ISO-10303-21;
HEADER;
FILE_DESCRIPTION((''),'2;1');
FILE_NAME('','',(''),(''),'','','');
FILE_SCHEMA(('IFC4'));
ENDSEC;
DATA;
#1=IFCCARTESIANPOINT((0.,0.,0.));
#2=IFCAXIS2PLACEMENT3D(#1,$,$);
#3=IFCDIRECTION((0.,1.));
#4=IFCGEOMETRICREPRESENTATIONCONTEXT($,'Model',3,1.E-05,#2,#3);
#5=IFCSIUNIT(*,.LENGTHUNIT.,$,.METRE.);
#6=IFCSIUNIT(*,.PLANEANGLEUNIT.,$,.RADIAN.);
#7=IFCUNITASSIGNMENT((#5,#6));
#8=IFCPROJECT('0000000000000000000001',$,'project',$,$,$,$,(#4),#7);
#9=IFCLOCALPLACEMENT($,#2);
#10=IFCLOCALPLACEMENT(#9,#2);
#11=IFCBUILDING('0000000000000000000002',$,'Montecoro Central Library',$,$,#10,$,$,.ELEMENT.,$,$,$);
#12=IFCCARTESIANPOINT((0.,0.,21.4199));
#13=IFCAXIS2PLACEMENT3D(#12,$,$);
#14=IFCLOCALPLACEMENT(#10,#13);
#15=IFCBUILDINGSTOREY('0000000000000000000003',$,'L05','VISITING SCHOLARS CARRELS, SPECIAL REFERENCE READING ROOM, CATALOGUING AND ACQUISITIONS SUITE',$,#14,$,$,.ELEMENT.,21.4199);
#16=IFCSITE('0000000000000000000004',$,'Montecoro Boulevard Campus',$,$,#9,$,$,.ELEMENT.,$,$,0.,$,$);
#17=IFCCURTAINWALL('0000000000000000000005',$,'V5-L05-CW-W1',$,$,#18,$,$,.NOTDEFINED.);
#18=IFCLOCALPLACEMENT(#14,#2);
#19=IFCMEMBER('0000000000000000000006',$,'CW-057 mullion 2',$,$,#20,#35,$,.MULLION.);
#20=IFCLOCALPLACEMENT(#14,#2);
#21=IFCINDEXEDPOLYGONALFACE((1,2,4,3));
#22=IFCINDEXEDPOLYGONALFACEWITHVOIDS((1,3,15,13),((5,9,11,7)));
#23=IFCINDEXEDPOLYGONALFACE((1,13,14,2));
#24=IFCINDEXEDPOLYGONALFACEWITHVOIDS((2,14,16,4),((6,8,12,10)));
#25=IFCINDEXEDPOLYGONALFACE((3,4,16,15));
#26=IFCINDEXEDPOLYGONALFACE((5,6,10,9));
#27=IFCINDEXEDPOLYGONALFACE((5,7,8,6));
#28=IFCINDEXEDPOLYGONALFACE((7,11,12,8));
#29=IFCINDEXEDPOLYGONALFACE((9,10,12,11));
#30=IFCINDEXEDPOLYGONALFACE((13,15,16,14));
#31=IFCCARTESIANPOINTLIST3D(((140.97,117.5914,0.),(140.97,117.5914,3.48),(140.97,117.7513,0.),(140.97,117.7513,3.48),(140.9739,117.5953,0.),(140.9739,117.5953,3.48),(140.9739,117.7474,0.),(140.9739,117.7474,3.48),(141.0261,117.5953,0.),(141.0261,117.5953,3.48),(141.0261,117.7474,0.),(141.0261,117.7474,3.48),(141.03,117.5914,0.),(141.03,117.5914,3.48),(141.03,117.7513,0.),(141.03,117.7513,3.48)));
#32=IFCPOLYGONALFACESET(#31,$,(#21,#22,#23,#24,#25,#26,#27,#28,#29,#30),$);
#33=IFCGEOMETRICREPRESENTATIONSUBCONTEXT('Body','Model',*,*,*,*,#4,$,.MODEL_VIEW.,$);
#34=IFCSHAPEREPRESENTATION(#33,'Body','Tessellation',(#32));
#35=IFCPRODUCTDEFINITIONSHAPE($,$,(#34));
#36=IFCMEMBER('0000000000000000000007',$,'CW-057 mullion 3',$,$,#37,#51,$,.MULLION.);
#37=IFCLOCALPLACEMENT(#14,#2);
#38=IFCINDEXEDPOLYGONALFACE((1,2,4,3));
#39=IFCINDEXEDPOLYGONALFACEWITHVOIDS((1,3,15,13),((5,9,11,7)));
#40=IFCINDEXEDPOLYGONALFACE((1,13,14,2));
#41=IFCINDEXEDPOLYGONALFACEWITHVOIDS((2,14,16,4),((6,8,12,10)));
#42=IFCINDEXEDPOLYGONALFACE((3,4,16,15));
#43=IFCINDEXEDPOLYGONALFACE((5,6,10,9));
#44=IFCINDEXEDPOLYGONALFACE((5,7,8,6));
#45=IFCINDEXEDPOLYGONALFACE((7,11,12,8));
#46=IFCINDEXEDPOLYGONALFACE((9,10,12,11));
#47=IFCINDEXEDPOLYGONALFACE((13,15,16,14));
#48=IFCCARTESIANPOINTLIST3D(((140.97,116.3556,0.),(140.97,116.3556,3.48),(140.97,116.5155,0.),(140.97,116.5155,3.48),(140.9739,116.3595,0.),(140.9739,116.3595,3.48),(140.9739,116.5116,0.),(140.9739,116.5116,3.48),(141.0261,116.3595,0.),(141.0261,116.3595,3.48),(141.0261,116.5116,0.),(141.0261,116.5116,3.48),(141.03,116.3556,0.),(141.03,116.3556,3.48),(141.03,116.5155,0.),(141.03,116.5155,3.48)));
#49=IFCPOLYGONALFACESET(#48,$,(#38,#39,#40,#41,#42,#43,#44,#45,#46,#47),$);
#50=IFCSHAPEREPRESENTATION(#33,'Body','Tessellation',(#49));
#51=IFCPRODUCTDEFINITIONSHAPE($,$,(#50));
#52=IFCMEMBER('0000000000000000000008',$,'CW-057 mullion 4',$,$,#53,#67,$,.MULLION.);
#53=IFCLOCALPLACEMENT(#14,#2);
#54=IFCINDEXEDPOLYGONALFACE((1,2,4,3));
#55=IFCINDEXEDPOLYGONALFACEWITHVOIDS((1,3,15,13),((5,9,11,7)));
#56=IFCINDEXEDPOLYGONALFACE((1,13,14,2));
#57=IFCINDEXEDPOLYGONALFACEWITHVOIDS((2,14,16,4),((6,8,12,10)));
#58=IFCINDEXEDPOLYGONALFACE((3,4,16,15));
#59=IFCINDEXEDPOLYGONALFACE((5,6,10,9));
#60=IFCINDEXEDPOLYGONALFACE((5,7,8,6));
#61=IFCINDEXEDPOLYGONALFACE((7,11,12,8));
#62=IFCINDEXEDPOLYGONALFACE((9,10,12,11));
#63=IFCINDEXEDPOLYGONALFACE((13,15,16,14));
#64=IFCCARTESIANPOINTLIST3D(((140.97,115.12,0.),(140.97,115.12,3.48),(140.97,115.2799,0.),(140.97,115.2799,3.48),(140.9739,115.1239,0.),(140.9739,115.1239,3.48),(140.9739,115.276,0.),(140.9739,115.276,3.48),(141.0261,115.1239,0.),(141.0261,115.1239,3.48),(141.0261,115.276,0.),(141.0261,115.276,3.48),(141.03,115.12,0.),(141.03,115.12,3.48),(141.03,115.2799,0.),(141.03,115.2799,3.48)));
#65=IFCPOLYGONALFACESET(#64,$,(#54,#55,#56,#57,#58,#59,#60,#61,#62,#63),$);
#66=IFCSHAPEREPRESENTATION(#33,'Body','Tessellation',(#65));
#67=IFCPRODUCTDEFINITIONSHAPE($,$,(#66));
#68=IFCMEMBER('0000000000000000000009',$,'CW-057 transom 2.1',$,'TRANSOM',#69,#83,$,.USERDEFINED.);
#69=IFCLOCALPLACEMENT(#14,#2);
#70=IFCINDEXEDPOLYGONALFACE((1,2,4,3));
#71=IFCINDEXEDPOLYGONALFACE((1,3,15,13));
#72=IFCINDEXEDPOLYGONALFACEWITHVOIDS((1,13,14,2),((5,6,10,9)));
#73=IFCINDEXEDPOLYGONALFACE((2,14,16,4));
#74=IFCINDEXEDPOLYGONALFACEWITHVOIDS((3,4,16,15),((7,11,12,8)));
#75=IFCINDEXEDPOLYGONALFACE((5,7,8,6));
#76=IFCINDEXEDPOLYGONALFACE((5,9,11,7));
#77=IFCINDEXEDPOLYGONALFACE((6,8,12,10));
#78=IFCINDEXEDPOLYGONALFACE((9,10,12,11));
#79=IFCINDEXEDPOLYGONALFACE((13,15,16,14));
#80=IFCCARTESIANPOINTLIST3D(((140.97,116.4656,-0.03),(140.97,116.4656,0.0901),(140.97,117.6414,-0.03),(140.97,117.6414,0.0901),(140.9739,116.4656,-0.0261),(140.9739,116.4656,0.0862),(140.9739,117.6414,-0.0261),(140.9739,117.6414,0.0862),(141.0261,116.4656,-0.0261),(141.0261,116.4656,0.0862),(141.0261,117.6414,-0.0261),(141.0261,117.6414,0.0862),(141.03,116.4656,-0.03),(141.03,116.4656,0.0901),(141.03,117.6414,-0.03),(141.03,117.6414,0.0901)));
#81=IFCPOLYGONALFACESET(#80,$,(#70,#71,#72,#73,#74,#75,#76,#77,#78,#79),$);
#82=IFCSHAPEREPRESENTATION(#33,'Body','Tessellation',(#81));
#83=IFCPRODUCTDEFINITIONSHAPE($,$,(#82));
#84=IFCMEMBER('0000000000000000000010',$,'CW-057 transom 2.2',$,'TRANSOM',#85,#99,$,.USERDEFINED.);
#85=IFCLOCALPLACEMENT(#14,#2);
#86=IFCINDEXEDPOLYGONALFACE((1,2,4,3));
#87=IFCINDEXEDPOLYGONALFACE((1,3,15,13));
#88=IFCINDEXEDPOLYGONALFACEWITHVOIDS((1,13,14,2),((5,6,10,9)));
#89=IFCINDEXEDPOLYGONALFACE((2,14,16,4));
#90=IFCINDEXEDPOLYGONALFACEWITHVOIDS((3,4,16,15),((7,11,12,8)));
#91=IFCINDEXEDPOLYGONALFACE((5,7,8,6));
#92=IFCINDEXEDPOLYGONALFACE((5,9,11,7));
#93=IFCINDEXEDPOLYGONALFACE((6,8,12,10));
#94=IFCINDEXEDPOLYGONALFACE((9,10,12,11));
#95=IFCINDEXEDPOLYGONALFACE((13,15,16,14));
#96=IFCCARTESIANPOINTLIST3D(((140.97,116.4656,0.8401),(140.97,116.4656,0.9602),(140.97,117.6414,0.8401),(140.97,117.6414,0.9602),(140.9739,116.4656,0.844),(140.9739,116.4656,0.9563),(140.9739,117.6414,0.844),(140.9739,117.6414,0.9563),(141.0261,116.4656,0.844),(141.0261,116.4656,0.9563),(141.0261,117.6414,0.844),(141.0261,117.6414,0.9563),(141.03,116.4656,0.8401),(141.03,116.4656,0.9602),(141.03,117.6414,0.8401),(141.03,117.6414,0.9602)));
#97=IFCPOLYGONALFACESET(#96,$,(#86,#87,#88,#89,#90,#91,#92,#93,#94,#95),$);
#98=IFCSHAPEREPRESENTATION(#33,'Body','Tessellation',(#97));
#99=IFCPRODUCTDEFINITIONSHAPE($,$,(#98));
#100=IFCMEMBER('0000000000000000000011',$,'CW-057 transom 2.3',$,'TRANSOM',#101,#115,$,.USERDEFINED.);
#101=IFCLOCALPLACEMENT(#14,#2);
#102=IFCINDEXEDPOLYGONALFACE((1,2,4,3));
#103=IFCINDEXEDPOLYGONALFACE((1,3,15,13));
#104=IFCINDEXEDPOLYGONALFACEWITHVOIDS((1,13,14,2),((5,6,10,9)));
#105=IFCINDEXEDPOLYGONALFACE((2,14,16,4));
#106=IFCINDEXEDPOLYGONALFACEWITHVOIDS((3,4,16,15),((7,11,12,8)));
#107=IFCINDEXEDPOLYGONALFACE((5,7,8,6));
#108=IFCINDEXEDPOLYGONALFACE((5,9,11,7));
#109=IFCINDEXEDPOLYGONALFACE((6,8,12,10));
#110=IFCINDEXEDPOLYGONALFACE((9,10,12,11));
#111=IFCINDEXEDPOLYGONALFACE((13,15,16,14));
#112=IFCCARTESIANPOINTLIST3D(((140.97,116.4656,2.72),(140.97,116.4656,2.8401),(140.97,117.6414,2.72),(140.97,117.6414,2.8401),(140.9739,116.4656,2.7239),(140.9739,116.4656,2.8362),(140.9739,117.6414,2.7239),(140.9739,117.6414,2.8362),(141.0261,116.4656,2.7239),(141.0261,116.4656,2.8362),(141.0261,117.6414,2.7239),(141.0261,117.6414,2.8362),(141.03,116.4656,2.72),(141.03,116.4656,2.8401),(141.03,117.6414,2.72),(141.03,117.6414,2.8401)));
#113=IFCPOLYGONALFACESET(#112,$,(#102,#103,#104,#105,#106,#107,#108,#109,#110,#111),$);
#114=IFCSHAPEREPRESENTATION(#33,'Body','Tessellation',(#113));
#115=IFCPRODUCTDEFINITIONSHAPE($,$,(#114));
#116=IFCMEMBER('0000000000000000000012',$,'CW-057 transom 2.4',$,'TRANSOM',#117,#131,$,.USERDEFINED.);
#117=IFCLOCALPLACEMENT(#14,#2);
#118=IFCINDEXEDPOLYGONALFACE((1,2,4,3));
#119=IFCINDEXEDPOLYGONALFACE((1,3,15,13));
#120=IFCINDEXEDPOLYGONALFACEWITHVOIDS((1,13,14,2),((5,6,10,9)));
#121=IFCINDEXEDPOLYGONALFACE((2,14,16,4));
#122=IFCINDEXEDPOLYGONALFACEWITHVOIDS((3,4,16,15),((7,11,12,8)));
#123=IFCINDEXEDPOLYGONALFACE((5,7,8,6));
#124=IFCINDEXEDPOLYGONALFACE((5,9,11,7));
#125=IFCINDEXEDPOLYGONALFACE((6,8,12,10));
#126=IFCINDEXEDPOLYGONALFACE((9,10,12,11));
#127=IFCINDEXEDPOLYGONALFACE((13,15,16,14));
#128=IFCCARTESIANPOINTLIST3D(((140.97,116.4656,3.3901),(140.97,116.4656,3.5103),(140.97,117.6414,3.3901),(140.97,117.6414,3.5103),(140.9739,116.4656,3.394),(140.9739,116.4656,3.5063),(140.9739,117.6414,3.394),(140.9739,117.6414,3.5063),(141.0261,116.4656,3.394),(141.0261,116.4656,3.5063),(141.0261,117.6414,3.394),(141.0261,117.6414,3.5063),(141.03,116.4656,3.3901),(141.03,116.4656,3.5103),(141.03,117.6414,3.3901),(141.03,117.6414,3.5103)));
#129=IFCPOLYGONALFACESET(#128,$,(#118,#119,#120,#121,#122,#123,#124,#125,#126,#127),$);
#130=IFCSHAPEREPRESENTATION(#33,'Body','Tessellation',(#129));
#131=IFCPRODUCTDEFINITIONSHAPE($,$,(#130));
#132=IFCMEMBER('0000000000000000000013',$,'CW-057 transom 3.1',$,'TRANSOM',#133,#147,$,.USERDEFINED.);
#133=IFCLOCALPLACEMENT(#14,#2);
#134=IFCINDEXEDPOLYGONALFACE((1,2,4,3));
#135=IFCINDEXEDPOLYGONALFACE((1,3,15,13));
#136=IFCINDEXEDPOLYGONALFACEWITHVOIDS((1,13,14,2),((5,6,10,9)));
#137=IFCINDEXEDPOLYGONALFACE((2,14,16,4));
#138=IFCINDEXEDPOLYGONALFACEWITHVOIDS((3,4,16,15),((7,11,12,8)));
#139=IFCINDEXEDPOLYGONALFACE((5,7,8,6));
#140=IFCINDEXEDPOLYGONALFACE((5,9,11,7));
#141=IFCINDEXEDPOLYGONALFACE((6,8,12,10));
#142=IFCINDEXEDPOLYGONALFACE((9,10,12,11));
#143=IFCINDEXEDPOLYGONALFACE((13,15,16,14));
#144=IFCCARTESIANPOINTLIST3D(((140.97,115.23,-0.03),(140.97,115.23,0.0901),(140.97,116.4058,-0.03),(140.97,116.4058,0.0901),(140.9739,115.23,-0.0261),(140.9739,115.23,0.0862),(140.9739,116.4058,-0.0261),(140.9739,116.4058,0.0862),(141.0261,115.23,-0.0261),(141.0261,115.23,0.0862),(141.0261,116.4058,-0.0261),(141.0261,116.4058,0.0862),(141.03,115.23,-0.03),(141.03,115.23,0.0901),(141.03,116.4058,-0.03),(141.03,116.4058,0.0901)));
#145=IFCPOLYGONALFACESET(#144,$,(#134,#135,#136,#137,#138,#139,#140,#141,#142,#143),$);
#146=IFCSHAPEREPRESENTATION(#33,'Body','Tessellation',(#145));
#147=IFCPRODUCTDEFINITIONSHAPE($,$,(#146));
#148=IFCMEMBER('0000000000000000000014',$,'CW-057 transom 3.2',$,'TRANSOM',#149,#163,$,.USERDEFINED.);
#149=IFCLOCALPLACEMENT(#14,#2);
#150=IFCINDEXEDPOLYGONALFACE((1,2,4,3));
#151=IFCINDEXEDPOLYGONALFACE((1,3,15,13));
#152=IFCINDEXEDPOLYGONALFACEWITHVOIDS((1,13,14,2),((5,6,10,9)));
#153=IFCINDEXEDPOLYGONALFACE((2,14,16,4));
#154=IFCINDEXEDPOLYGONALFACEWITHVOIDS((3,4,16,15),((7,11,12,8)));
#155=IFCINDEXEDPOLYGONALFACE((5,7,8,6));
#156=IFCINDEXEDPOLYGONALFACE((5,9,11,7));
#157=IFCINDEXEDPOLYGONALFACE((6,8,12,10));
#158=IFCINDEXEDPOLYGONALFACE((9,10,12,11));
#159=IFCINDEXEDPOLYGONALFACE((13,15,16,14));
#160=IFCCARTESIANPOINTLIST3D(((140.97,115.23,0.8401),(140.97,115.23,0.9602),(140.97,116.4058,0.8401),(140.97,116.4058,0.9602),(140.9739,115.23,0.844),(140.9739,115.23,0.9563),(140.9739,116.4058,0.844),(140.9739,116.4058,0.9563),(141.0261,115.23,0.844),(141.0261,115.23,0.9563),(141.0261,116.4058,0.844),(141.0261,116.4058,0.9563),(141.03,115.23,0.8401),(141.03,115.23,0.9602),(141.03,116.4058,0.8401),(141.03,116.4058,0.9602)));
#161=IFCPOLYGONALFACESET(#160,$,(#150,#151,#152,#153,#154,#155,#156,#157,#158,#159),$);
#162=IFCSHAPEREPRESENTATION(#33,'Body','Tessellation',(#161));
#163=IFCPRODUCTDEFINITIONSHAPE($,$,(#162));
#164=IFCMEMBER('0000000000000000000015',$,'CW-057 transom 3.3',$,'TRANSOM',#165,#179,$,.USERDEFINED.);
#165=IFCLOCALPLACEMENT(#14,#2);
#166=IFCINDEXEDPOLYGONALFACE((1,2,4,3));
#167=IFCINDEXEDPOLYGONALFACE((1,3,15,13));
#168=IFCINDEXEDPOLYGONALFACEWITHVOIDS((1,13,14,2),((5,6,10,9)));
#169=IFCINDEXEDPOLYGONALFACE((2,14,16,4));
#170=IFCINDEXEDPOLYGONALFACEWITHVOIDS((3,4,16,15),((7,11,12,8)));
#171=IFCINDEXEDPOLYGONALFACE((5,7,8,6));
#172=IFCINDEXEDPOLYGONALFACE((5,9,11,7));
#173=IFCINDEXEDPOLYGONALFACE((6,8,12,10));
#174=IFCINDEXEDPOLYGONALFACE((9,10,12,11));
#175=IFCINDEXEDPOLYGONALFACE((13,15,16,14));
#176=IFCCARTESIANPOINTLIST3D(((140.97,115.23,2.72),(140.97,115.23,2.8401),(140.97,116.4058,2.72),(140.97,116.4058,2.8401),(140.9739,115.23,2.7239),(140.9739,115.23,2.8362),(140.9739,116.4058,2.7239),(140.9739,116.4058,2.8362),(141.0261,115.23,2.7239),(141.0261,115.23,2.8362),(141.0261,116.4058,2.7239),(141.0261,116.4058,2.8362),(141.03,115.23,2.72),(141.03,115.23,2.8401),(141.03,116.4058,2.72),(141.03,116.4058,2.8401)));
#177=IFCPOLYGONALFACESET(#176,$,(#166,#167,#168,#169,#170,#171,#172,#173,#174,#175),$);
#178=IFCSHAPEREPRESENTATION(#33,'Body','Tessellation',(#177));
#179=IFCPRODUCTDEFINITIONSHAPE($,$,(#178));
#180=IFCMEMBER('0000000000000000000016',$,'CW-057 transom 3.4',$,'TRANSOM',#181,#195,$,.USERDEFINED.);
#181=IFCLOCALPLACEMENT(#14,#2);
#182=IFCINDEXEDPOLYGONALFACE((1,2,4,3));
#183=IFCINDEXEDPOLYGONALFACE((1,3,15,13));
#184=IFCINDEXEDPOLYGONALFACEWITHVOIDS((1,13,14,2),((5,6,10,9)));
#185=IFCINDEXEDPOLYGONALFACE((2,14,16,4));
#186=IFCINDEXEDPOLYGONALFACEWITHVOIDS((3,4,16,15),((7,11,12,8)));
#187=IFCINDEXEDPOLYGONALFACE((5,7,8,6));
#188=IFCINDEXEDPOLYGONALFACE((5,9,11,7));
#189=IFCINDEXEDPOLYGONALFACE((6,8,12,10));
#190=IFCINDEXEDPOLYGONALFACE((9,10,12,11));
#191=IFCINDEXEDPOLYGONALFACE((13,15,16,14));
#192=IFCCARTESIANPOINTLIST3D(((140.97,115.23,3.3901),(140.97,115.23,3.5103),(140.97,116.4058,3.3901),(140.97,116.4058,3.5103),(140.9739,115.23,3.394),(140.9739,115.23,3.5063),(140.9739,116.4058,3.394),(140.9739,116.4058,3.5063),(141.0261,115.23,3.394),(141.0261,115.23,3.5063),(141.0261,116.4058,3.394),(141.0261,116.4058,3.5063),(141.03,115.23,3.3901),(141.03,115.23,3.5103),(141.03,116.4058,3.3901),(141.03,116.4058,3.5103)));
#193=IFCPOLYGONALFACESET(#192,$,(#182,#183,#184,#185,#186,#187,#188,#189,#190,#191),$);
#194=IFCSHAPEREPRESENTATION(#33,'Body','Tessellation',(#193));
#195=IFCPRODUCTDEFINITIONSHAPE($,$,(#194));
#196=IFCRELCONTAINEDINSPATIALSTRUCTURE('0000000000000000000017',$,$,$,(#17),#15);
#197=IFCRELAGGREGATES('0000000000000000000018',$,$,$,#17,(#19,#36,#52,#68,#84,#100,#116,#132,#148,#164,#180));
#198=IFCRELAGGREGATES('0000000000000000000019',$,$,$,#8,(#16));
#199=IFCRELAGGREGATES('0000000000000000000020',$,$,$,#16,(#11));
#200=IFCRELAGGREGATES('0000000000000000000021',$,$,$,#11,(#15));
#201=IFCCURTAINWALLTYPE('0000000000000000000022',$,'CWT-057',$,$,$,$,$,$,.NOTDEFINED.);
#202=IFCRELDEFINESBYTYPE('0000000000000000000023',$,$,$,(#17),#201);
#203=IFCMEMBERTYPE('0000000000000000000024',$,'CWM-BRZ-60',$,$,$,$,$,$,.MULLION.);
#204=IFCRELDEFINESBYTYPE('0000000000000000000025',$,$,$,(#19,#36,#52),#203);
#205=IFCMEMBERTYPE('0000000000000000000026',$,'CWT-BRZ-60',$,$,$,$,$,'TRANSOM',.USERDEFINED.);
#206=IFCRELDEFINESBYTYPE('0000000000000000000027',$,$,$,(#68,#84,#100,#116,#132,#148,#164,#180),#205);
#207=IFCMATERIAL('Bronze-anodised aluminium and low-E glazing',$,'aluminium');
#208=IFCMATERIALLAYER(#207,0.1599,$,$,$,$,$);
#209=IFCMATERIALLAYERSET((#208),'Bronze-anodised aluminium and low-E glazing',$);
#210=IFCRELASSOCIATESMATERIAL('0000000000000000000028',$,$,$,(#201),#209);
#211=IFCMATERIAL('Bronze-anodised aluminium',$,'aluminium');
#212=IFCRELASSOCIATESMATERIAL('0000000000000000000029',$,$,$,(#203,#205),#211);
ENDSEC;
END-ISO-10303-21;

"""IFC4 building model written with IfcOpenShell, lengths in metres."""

from ifc_helpers import new_model, si_unit, direction, frame, origin, origin_2d, place, context, subcontext, project, spatial, hollow_rectangle, extrude, material, layer, layer_set, material_profile, profile_set, type_object, element, aggregate, save


model = new_model("IFC4")

# Units and contexts
model_context = context("Model", 3, precision=1e-05, world=origin(), true_north=direction((0.0, 1.0)))
body_context = subcontext(model_context, "Body", "Model", "MODEL_VIEW")
ifc_project = project(units=[si_unit("LENGTHUNIT", "METRE"), si_unit("PLANEANGLEUNIT", "RADIAN")], contexts=[model_context])

# Site, building, storey
site_placement = place(None, origin())
site = spatial("IfcSite", under=ifc_project, at=site_placement, Name="Montecoro Boulevard Campus", CompositionType="ELEMENT", RefElevation=0.0)
building_placement = place(site_placement, origin())
building = spatial("IfcBuilding", under=site, at=building_placement, Name="Montecoro Central Library", CompositionType="ELEMENT")
storey_placement = place(building_placement, frame((0.0, 0.0, 21.4199)))
storey = spatial("IfcBuildingStorey", under=building, at=storey_placement, Name="L05", Description="VISITING SCHOLARS CARRELS, SPECIAL REFERENCE READING ROOM, CATALOGUING AND ACQUISITIONS SUITE", CompositionType="ELEMENT", Elevation=21.4199)

# Curtain wall, members
ifc_material_1 = material(Name="Bronze-anodised aluminium and low-E glazing", Category="aluminium")
ifc_layer_1 = layer(ifc_material_1, 0.1599)
ifc_layer_set_1 = layer_set([ifc_layer_1], Name="Bronze-anodised aluminium and low-E glazing")
curtain_wall_type = type_object("IfcCurtainWallType", Name="CWT-057", PredefinedType="NOTDEFINED", material=ifc_layer_set_1)
curtain_wall_placement = place(storey_placement, origin())
curtain_wall = element("IfcCurtainWall", 1, at=curtain_wall_placement, inside=storey, type_object=curtain_wall_type, Name="V5-L05-CW-W1", PredefinedType="NOTDEFINED")
ifc_material_2 = material(Name="Bronze-anodised aluminium", Category="aluminium")
ifc_material_profile_1 = material_profile(ifc_material_2, hollow_rectangle(XDim=0.0601, YDim=0.1599, WallThickness=0.0039, at=origin_2d()), Name="CWM 160x60x4.0")
ifc_profile_set_1 = profile_set([ifc_material_profile_1], Name="Bronze-anodised aluminium")
member_type_1 = type_object("IfcMemberType", Name="CWM-BRZ-60", PredefinedType="MULLION", material=ifc_profile_set_1)
member_1_placement = place(storey_placement, frame((141.0, 117.6714, 0.0), z_axis=(0.0, 0.0, 1.0), x_axis=(1.0, 0.0, 0.0)))
member_1 = element("IfcMember", 2, at=member_1_placement, type_object=member_type_1, Name="CW-057 mullion 2", PredefinedType="MULLION", context=body_context, shape_type="SweptSolid", body=[
    extrude(hollow_rectangle(XDim=0.0601, YDim=0.1599, WallThickness=0.0039, at=origin_2d()), origin(), (0.0, 0.0, 1.0), 3.48),
])
member_2_placement = place(storey_placement, frame((141.0, 116.4355, 0.0), z_axis=(0.0, 0.0, 1.0), x_axis=(1.0, 0.0, 0.0)))
member_2 = element("IfcMember", 3, at=member_2_placement, type_object=member_type_1, Name="CW-057 mullion 3", PredefinedType="MULLION", context=body_context, shape_type="SweptSolid", body=[
    extrude(hollow_rectangle(XDim=0.0601, YDim=0.1599, WallThickness=0.0039, at=origin_2d()), origin(), (0.0, 0.0, 1.0), 3.48),
])
member_3_placement = place(storey_placement, frame((141.0, 115.2, 0.0), z_axis=(0.0, 0.0, 1.0), x_axis=(1.0, 0.0, 0.0)))
member_3 = element("IfcMember", 4, at=member_3_placement, type_object=member_type_1, Name="CW-057 mullion 4", PredefinedType="MULLION", context=body_context, shape_type="SweptSolid", body=[
    extrude(hollow_rectangle(XDim=0.0601, YDim=0.1599, WallThickness=0.0039, at=origin_2d()), origin(), (0.0, 0.0, 1.0), 3.48),
])
ifc_material_profile_2 = material_profile(ifc_material_2, hollow_rectangle(XDim=0.0601, YDim=0.1201, WallThickness=0.0039, at=origin_2d()), Name="CWT 120x60x4.0")
ifc_profile_set_2 = profile_set([ifc_material_profile_2], Name="Bronze-anodised aluminium")
member_type_2 = type_object("IfcMemberType", Name="CWT-BRZ-60", ElementType="TRANSOM", PredefinedType="USERDEFINED", material=ifc_profile_set_2)
member_4_placement = place(storey_placement, frame((141.0, 117.6414, 0.03), z_axis=(0.0, -1.0, 0.0), x_axis=(1.0, 0.0, 0.0)))
member_4 = element("IfcMember", 5, at=member_4_placement, type_object=member_type_2, Name="CW-057 transom 2.1", ObjectType="TRANSOM", PredefinedType="USERDEFINED", context=body_context, shape_type="SweptSolid", body=[
    extrude(hollow_rectangle(XDim=0.0601, YDim=0.1201, WallThickness=0.0039, at=origin_2d()), origin(), (0.0, 0.0, 1.0), 1.1758),
])
member_5_placement = place(storey_placement, frame((141.0, 117.6414, 0.9001), z_axis=(0.0, -1.0, 0.0), x_axis=(1.0, 0.0, 0.0)))
member_5 = element("IfcMember", 6, at=member_5_placement, type_object=member_type_2, Name="CW-057 transom 2.2", ObjectType="TRANSOM", PredefinedType="USERDEFINED", context=body_context, shape_type="SweptSolid", body=[
    extrude(hollow_rectangle(XDim=0.0601, YDim=0.1201, WallThickness=0.0039, at=origin_2d()), origin(), (0.0, 0.0, 1.0), 1.1758),
])
member_6_placement = place(storey_placement, frame((141.0, 117.6414, 2.78), z_axis=(0.0, -1.0, 0.0), x_axis=(1.0, 0.0, 0.0)))
member_6 = element("IfcMember", 7, at=member_6_placement, type_object=member_type_2, Name="CW-057 transom 2.3", ObjectType="TRANSOM", PredefinedType="USERDEFINED", context=body_context, shape_type="SweptSolid", body=[
    extrude(hollow_rectangle(XDim=0.0601, YDim=0.1201, WallThickness=0.0039, at=origin_2d()), origin(), (0.0, 0.0, 1.0), 1.1758),
])
member_7_placement = place(storey_placement, frame((141.0, 117.6414, 3.4502), z_axis=(0.0, -1.0, 0.0), x_axis=(1.0, 0.0, 0.0)))
member_7 = element("IfcMember", 8, at=member_7_placement, type_object=member_type_2, Name="CW-057 transom 2.4", ObjectType="TRANSOM", PredefinedType="USERDEFINED", context=body_context, shape_type="SweptSolid", body=[
    extrude(hollow_rectangle(XDim=0.0601, YDim=0.1201, WallThickness=0.0039, at=origin_2d()), origin(), (0.0, 0.0, 1.0), 1.1758),
])
member_8_placement = place(storey_placement, frame((141.0, 116.4058, 0.03), z_axis=(0.0, -1.0, 0.0), x_axis=(1.0, 0.0, 0.0)))
member_8 = element("IfcMember", 9, at=member_8_placement, type_object=member_type_2, Name="CW-057 transom 3.1", ObjectType="TRANSOM", PredefinedType="USERDEFINED", context=body_context, shape_type="SweptSolid", body=[
    extrude(hollow_rectangle(XDim=0.0601, YDim=0.1201, WallThickness=0.0039, at=origin_2d()), origin(), (0.0, 0.0, 1.0), 1.1758),
])
member_9_placement = place(storey_placement, frame((141.0, 116.4058, 0.9001), z_axis=(0.0, -1.0, 0.0), x_axis=(1.0, 0.0, 0.0)))
member_9 = element("IfcMember", 10, at=member_9_placement, type_object=member_type_2, Name="CW-057 transom 3.2", ObjectType="TRANSOM", PredefinedType="USERDEFINED", context=body_context, shape_type="SweptSolid", body=[
    extrude(hollow_rectangle(XDim=0.0601, YDim=0.1201, WallThickness=0.0039, at=origin_2d()), origin(), (0.0, 0.0, 1.0), 1.1758),
])
member_10_placement = place(storey_placement, frame((141.0, 116.4058, 2.78), z_axis=(0.0, -1.0, 0.0), x_axis=(1.0, 0.0, 0.0)))
member_10 = element("IfcMember", 11, at=member_10_placement, type_object=member_type_2, Name="CW-057 transom 3.3", ObjectType="TRANSOM", PredefinedType="USERDEFINED", context=body_context, shape_type="SweptSolid", body=[
    extrude(hollow_rectangle(XDim=0.0601, YDim=0.1201, WallThickness=0.0039, at=origin_2d()), origin(), (0.0, 0.0, 1.0), 1.1758),
])
member_11_placement = place(storey_placement, frame((141.0, 116.4058, 3.4502), z_axis=(0.0, -1.0, 0.0), x_axis=(1.0, 0.0, 0.0)))
member_11 = element("IfcMember", 12, at=member_11_placement, type_object=member_type_2, Name="CW-057 transom 3.4", ObjectType="TRANSOM", PredefinedType="USERDEFINED", context=body_context, shape_type="SweptSolid", body=[
    extrude(hollow_rectangle(XDim=0.0601, YDim=0.1201, WallThickness=0.0039, at=origin_2d()), origin(), (0.0, 0.0, 1.0), 1.1758),
])
aggregate(curtain_wall, [member_1, member_2, member_3, member_4, member_5, member_6, member_7, member_8, member_9, member_10, member_11])

save(model, "model.ifc")
